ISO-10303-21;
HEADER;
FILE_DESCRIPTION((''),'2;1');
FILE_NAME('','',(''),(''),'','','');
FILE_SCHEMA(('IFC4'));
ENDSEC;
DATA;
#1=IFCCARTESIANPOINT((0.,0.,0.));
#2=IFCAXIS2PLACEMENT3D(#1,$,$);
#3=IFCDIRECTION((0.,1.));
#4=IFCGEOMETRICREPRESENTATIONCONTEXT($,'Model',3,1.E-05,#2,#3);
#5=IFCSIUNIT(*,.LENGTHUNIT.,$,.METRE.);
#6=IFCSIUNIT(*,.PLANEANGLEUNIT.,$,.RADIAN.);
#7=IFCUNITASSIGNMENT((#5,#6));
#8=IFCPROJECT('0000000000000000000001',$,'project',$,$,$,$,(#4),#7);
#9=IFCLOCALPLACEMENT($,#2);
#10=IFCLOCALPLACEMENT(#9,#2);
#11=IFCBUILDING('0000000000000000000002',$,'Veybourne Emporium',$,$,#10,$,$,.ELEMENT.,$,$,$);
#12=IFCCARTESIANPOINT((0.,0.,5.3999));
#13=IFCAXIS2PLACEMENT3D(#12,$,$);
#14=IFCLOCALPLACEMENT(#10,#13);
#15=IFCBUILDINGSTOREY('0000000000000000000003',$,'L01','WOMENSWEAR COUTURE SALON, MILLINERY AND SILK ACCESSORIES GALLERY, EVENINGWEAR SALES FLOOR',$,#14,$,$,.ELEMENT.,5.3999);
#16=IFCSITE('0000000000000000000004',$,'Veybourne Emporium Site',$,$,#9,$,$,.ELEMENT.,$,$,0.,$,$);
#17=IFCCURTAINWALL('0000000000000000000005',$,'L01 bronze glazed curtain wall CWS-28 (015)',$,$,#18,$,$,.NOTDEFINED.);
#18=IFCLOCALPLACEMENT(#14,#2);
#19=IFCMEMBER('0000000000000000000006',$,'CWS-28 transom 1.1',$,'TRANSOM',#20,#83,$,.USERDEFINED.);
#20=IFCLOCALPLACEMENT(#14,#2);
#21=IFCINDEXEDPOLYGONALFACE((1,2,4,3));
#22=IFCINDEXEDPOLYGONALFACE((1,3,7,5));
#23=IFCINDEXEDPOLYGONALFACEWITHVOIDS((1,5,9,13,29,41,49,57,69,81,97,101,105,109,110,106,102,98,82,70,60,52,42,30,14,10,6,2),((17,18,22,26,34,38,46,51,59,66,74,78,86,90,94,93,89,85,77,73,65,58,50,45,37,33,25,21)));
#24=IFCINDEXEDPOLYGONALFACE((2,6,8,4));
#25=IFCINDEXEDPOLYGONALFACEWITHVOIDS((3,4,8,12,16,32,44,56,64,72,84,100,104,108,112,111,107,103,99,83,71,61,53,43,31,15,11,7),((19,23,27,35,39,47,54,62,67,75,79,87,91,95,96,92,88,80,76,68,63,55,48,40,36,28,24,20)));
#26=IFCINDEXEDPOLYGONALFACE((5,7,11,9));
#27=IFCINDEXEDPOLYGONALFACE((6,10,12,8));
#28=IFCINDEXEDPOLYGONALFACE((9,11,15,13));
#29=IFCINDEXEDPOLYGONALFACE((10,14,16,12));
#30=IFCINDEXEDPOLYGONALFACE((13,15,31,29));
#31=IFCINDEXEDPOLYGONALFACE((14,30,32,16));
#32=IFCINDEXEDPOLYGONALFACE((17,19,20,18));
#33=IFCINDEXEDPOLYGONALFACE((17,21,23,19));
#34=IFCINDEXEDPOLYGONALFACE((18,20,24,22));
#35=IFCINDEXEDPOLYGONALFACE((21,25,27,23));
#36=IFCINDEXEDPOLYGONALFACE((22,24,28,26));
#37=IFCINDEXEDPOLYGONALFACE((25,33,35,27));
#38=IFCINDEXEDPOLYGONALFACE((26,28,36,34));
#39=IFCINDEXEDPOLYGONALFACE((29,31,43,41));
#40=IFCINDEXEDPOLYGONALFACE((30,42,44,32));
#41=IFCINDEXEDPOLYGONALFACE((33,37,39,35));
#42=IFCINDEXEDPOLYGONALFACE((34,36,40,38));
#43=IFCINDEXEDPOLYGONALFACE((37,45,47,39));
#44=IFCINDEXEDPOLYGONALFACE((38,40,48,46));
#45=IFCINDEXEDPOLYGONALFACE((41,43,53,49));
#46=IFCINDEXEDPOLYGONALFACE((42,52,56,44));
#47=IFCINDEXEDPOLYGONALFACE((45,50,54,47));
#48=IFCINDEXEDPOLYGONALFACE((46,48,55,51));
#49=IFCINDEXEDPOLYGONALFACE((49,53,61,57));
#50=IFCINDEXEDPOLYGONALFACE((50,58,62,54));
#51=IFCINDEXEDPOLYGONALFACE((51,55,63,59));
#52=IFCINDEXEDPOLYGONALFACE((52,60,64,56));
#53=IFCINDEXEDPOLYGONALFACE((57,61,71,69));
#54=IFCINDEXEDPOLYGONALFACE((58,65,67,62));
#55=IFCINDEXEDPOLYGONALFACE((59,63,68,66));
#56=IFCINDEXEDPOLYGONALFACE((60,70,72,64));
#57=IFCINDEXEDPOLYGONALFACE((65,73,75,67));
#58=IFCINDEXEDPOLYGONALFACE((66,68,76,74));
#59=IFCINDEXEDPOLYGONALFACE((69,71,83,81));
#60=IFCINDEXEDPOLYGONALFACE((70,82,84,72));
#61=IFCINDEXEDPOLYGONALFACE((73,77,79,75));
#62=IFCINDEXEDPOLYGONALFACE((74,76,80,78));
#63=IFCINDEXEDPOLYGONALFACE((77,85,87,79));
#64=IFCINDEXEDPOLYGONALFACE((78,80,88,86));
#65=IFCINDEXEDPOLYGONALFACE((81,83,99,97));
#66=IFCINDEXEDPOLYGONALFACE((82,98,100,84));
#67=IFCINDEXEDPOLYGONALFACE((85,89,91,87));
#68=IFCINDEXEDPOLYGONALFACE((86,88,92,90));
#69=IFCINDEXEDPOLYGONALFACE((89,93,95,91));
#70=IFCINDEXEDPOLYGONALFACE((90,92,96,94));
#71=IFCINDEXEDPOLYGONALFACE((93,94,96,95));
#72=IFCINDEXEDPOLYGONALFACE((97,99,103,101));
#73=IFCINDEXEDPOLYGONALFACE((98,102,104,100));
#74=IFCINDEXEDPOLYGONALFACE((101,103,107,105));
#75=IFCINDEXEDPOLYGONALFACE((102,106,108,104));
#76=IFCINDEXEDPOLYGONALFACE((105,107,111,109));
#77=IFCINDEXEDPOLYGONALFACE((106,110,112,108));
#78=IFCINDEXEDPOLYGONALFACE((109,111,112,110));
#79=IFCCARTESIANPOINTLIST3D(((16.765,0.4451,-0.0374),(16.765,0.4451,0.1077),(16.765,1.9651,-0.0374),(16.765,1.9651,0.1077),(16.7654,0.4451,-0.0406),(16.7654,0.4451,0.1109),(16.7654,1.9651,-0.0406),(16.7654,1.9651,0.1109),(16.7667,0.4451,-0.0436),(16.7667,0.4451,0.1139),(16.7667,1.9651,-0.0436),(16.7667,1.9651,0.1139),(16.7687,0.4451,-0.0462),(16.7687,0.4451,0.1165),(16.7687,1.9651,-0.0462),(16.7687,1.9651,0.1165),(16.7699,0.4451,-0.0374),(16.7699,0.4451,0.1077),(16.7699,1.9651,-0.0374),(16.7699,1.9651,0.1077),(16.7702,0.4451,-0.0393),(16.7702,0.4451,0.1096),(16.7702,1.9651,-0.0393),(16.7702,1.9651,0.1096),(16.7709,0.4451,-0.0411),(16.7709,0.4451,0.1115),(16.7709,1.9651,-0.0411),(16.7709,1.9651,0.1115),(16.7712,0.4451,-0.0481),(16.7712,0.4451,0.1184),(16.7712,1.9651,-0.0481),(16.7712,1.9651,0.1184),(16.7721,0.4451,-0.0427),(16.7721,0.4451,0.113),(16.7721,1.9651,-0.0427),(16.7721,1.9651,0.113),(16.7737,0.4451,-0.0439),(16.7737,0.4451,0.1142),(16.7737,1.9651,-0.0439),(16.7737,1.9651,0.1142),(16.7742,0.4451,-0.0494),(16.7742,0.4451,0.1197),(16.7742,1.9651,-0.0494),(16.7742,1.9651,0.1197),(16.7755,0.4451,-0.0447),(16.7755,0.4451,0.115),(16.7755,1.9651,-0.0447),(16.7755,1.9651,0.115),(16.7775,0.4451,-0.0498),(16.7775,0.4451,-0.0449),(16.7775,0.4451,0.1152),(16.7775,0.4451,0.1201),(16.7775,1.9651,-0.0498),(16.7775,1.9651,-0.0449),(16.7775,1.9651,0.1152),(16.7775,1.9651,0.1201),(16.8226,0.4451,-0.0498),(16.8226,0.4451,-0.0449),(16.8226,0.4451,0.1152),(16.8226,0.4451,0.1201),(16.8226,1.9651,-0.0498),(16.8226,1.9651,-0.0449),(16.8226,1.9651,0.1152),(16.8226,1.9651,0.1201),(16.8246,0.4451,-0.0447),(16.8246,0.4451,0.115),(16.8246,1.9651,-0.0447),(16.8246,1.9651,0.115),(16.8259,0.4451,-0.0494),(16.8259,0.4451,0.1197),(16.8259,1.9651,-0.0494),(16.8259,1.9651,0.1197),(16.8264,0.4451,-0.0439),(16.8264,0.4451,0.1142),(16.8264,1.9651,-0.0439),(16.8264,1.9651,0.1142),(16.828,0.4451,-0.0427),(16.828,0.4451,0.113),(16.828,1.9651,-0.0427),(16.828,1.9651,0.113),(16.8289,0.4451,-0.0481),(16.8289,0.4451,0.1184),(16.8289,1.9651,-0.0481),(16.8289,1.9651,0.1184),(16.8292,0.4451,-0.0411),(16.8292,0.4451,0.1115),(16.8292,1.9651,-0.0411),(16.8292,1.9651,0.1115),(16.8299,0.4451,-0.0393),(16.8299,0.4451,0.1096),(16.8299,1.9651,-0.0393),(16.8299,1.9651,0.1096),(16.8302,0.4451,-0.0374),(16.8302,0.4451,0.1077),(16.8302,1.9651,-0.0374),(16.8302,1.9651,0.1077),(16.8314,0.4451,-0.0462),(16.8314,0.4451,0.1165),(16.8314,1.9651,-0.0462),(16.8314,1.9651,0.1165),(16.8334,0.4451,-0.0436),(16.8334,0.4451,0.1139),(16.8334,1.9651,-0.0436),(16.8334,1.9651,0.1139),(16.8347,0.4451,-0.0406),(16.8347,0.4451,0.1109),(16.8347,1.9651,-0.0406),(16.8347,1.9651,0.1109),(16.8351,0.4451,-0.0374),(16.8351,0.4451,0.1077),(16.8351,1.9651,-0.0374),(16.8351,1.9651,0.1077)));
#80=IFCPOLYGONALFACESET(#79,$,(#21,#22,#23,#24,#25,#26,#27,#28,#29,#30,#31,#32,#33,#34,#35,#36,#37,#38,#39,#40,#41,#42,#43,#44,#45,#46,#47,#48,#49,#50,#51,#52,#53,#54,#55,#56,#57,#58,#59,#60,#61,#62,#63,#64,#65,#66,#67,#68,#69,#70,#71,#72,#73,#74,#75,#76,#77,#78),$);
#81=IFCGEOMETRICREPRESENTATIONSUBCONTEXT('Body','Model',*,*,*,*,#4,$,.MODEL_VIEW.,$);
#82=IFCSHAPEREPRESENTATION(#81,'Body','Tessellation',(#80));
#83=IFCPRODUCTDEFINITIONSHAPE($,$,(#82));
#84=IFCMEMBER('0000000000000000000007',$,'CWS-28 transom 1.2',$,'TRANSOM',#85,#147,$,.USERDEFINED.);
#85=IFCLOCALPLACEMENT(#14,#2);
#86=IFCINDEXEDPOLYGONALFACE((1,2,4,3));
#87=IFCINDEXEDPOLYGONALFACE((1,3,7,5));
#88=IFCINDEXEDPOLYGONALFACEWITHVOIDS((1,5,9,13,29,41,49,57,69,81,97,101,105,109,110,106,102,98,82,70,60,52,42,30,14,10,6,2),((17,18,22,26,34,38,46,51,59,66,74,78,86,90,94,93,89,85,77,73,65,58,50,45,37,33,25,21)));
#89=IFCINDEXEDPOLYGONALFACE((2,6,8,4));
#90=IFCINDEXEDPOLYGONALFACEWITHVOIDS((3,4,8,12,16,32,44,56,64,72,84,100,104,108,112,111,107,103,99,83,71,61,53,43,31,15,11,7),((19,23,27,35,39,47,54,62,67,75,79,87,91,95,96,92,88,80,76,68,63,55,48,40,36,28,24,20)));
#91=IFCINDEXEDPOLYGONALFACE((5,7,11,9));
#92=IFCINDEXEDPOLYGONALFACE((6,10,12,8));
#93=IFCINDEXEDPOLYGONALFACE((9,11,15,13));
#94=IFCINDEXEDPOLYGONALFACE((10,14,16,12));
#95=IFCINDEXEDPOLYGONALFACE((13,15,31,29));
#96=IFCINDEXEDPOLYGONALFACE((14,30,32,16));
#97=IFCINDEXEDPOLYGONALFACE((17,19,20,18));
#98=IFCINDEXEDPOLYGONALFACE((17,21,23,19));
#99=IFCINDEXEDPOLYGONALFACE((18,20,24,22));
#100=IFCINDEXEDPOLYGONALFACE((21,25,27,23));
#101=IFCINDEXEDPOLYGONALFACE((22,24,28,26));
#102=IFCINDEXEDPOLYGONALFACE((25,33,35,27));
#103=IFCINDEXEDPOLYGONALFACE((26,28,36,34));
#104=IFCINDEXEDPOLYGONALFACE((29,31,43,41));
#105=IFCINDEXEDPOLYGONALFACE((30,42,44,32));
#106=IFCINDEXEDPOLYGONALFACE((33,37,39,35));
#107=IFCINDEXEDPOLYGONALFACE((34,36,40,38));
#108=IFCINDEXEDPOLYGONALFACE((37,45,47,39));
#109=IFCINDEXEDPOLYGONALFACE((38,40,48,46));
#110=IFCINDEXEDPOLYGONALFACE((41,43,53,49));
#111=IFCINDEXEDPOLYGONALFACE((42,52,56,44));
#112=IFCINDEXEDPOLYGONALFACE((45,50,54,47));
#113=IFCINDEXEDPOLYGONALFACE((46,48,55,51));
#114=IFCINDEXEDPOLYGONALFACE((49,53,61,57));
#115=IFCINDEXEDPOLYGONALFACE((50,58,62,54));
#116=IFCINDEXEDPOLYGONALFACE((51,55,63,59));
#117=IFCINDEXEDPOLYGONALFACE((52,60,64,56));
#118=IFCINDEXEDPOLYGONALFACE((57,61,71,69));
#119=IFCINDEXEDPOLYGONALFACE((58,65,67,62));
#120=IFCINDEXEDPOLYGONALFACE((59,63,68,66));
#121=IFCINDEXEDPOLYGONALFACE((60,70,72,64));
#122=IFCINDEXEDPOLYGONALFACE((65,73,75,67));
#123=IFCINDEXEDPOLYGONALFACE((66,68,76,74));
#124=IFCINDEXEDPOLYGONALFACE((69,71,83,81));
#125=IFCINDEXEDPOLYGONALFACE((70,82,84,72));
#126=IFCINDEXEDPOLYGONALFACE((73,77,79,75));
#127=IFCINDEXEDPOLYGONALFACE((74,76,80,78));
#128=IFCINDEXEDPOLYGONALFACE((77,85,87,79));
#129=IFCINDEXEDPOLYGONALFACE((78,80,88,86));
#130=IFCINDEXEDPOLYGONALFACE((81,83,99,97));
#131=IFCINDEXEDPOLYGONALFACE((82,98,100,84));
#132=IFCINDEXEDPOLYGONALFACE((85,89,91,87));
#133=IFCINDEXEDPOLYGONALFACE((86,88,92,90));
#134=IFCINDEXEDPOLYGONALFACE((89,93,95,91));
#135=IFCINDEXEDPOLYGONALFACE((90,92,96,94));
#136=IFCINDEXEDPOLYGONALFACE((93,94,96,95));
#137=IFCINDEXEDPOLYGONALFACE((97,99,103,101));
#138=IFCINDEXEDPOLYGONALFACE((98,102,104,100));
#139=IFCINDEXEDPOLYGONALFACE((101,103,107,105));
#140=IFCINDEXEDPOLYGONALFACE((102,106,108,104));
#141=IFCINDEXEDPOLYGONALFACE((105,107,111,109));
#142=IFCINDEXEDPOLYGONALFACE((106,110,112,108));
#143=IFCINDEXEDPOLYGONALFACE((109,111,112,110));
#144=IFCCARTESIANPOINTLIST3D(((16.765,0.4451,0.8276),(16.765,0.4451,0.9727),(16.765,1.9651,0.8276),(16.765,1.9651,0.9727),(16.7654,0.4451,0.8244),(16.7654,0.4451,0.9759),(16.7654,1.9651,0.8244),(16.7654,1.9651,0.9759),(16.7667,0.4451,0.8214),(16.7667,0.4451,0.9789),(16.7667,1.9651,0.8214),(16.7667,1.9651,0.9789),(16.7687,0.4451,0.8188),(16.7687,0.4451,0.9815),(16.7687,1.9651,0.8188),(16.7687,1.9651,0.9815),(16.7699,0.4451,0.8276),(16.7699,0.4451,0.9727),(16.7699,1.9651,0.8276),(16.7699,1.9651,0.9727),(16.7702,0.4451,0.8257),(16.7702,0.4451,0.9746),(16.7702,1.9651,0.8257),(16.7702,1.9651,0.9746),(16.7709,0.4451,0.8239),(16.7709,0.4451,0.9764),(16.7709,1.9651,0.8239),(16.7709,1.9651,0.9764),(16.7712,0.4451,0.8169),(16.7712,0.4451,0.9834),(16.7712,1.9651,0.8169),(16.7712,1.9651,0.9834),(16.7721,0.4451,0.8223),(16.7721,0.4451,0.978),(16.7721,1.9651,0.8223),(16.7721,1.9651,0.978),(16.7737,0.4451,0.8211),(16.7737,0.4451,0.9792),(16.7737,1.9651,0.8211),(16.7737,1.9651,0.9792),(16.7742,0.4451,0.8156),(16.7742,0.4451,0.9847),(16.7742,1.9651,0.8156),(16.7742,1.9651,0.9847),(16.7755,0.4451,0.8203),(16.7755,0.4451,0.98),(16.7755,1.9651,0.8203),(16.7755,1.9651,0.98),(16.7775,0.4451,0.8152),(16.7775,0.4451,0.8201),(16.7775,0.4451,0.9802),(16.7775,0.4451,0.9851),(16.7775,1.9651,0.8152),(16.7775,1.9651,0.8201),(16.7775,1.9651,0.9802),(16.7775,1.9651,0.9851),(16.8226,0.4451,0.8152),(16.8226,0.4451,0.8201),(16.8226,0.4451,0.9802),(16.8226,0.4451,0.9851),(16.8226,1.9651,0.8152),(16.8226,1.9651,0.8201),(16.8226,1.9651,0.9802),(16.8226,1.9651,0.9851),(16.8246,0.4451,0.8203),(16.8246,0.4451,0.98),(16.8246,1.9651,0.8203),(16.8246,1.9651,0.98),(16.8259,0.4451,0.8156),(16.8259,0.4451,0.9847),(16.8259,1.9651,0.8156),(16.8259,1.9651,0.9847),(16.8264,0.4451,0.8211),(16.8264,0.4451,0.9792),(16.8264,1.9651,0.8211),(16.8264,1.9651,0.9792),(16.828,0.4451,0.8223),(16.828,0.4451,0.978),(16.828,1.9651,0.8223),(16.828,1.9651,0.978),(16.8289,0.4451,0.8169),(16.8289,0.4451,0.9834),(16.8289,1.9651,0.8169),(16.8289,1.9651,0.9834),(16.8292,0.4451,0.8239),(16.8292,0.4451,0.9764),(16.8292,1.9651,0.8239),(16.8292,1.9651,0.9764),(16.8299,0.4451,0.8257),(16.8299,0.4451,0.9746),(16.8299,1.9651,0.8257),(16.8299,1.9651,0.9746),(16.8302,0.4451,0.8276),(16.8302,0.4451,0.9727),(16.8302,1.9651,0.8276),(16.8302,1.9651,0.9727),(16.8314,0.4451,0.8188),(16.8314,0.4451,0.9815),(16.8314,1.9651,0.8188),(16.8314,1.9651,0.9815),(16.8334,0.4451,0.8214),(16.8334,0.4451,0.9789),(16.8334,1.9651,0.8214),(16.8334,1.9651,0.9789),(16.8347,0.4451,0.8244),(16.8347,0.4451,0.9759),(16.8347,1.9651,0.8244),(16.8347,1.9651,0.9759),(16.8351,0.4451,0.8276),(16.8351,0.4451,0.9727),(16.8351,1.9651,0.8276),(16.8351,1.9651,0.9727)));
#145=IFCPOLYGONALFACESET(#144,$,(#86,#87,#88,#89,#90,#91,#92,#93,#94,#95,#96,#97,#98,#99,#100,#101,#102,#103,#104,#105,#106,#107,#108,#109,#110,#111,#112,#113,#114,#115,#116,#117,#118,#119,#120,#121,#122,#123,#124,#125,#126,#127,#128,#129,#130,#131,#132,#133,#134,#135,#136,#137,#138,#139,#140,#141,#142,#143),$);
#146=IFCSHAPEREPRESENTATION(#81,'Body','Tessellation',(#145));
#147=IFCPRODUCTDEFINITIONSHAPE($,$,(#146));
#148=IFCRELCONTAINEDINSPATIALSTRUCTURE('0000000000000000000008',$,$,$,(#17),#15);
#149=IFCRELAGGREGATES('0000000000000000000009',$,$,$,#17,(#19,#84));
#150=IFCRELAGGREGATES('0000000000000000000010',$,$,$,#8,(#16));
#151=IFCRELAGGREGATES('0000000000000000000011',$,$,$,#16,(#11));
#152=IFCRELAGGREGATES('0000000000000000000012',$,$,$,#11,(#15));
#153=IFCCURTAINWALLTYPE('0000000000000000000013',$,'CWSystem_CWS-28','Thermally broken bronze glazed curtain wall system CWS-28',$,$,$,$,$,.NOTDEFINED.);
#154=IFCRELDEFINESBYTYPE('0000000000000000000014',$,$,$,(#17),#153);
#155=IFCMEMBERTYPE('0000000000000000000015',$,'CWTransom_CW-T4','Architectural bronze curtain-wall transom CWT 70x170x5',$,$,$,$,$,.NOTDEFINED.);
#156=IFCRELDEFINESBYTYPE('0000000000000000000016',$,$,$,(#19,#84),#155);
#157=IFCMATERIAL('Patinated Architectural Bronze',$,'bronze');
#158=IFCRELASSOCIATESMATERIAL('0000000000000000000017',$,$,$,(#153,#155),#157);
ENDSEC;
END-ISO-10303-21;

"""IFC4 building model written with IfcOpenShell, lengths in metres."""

from ifc_helpers import new_model, si_unit, direction, frame, origin, origin_2d, place, context, subcontext, project, spatial, hollow_rectangle, extrude, material, material_profile, profile_set, type_object, element, aggregate, save


model = new_model("IFC4")

# Units and contexts
model_context = context("Model", 3, precision=1e-05, world=origin(), true_north=direction((0.0, 1.0)))
body_context = subcontext(model_context, "Body", "Model", "MODEL_VIEW")
ifc_project = project(units=[si_unit("LENGTHUNIT", "METRE"), si_unit("PLANEANGLEUNIT", "RADIAN")], contexts=[model_context])

# Site, building, storey
site_placement = place(None, origin())
site = spatial("IfcSite", under=ifc_project, at=site_placement, Name="Veybourne Emporium Site", CompositionType="ELEMENT", RefElevation=0.0)
building_placement = place(site_placement, origin())
building = spatial("IfcBuilding", under=site, at=building_placement, Name="Veybourne Emporium", CompositionType="ELEMENT")
storey_placement = place(building_placement, frame((0.0, 0.0, 5.3999)))
storey = spatial("IfcBuildingStorey", under=building, at=storey_placement, Name="L01", Description="WOMENSWEAR COUTURE SALON, MILLINERY AND SILK ACCESSORIES GALLERY, EVENINGWEAR SALES FLOOR", CompositionType="ELEMENT", Elevation=5.3999)

# Curtain wall, members
ifc_material_1 = material(Name="Patinated Architectural Bronze", Category="bronze")
curtain_wall_type_1 = type_object("IfcCurtainWallType", Name="CWSystem_CWS-28", Description="Thermally broken bronze glazed curtain wall system CWS-28", PredefinedType="NOTDEFINED", material=ifc_material_1)
curtain_wall_1_placement = place(storey_placement, origin())
curtain_wall_1 = element("IfcCurtainWall", 1, at=curtain_wall_1_placement, inside=storey, type_object=curtain_wall_type_1, Name="L01 bronze glazed curtain wall CWS-28 (015)", PredefinedType="NOTDEFINED")
ifc_material_profile_1 = material_profile(ifc_material_1, hollow_rectangle(XDim=0.0701, YDim=0.1699, WallThickness=0.0049, InnerFilletRadius=0.0076, OuterFilletRadius=0.0125, at=origin_2d()), Name="CWT 70x170x5")
ifc_profile_set_1 = profile_set([ifc_material_profile_1], Name="Patinated Architectural Bronze")
member_type_1 = type_object("IfcMemberType", Name="CWTransom_CW-T4", Description="Architectural bronze curtain-wall transom CWT 70x170x5", PredefinedType="NOTDEFINED", material=ifc_profile_set_1)
member_1_placement = place(storey_placement, frame((16.8, 0.4451, 0.0352), z_axis=(0.0, 1.0, 0.0), x_axis=(-1.0, 0.0, 0.0)))
member_1 = element("IfcMember", 2, at=member_1_placement, type_object=member_type_1, Name="CWS-28 transom 1.1", ObjectType="TRANSOM", PredefinedType="USERDEFINED", context=body_context, shape_type="SweptSolid", body=[
    extrude(hollow_rectangle(XDim=0.0701, YDim=0.1699, WallThickness=0.0049, InnerFilletRadius=0.0076, OuterFilletRadius=0.0125, at=origin_2d()), origin(), (0.0, 0.0, 1.0), 1.52),
])
member_2_placement = place(storey_placement, frame((16.8, 0.4451, 0.9001), z_axis=(0.0, 1.0, 0.0), x_axis=(-1.0, 0.0, 0.0)))
member_2 = element("IfcMember", 3, at=member_2_placement, type_object=member_type_1, Name="CWS-28 transom 1.2", ObjectType="TRANSOM", PredefinedType="USERDEFINED", context=body_context, shape_type="SweptSolid", body=[
    extrude(hollow_rectangle(XDim=0.0701, YDim=0.1699, WallThickness=0.0049, InnerFilletRadius=0.0076, OuterFilletRadius=0.0125, at=origin_2d()), origin(), (0.0, 0.0, 1.0), 1.52),
])

aggregate(curtain_wall_1, [member_1, member_2])

save(model, "model.ifc")
